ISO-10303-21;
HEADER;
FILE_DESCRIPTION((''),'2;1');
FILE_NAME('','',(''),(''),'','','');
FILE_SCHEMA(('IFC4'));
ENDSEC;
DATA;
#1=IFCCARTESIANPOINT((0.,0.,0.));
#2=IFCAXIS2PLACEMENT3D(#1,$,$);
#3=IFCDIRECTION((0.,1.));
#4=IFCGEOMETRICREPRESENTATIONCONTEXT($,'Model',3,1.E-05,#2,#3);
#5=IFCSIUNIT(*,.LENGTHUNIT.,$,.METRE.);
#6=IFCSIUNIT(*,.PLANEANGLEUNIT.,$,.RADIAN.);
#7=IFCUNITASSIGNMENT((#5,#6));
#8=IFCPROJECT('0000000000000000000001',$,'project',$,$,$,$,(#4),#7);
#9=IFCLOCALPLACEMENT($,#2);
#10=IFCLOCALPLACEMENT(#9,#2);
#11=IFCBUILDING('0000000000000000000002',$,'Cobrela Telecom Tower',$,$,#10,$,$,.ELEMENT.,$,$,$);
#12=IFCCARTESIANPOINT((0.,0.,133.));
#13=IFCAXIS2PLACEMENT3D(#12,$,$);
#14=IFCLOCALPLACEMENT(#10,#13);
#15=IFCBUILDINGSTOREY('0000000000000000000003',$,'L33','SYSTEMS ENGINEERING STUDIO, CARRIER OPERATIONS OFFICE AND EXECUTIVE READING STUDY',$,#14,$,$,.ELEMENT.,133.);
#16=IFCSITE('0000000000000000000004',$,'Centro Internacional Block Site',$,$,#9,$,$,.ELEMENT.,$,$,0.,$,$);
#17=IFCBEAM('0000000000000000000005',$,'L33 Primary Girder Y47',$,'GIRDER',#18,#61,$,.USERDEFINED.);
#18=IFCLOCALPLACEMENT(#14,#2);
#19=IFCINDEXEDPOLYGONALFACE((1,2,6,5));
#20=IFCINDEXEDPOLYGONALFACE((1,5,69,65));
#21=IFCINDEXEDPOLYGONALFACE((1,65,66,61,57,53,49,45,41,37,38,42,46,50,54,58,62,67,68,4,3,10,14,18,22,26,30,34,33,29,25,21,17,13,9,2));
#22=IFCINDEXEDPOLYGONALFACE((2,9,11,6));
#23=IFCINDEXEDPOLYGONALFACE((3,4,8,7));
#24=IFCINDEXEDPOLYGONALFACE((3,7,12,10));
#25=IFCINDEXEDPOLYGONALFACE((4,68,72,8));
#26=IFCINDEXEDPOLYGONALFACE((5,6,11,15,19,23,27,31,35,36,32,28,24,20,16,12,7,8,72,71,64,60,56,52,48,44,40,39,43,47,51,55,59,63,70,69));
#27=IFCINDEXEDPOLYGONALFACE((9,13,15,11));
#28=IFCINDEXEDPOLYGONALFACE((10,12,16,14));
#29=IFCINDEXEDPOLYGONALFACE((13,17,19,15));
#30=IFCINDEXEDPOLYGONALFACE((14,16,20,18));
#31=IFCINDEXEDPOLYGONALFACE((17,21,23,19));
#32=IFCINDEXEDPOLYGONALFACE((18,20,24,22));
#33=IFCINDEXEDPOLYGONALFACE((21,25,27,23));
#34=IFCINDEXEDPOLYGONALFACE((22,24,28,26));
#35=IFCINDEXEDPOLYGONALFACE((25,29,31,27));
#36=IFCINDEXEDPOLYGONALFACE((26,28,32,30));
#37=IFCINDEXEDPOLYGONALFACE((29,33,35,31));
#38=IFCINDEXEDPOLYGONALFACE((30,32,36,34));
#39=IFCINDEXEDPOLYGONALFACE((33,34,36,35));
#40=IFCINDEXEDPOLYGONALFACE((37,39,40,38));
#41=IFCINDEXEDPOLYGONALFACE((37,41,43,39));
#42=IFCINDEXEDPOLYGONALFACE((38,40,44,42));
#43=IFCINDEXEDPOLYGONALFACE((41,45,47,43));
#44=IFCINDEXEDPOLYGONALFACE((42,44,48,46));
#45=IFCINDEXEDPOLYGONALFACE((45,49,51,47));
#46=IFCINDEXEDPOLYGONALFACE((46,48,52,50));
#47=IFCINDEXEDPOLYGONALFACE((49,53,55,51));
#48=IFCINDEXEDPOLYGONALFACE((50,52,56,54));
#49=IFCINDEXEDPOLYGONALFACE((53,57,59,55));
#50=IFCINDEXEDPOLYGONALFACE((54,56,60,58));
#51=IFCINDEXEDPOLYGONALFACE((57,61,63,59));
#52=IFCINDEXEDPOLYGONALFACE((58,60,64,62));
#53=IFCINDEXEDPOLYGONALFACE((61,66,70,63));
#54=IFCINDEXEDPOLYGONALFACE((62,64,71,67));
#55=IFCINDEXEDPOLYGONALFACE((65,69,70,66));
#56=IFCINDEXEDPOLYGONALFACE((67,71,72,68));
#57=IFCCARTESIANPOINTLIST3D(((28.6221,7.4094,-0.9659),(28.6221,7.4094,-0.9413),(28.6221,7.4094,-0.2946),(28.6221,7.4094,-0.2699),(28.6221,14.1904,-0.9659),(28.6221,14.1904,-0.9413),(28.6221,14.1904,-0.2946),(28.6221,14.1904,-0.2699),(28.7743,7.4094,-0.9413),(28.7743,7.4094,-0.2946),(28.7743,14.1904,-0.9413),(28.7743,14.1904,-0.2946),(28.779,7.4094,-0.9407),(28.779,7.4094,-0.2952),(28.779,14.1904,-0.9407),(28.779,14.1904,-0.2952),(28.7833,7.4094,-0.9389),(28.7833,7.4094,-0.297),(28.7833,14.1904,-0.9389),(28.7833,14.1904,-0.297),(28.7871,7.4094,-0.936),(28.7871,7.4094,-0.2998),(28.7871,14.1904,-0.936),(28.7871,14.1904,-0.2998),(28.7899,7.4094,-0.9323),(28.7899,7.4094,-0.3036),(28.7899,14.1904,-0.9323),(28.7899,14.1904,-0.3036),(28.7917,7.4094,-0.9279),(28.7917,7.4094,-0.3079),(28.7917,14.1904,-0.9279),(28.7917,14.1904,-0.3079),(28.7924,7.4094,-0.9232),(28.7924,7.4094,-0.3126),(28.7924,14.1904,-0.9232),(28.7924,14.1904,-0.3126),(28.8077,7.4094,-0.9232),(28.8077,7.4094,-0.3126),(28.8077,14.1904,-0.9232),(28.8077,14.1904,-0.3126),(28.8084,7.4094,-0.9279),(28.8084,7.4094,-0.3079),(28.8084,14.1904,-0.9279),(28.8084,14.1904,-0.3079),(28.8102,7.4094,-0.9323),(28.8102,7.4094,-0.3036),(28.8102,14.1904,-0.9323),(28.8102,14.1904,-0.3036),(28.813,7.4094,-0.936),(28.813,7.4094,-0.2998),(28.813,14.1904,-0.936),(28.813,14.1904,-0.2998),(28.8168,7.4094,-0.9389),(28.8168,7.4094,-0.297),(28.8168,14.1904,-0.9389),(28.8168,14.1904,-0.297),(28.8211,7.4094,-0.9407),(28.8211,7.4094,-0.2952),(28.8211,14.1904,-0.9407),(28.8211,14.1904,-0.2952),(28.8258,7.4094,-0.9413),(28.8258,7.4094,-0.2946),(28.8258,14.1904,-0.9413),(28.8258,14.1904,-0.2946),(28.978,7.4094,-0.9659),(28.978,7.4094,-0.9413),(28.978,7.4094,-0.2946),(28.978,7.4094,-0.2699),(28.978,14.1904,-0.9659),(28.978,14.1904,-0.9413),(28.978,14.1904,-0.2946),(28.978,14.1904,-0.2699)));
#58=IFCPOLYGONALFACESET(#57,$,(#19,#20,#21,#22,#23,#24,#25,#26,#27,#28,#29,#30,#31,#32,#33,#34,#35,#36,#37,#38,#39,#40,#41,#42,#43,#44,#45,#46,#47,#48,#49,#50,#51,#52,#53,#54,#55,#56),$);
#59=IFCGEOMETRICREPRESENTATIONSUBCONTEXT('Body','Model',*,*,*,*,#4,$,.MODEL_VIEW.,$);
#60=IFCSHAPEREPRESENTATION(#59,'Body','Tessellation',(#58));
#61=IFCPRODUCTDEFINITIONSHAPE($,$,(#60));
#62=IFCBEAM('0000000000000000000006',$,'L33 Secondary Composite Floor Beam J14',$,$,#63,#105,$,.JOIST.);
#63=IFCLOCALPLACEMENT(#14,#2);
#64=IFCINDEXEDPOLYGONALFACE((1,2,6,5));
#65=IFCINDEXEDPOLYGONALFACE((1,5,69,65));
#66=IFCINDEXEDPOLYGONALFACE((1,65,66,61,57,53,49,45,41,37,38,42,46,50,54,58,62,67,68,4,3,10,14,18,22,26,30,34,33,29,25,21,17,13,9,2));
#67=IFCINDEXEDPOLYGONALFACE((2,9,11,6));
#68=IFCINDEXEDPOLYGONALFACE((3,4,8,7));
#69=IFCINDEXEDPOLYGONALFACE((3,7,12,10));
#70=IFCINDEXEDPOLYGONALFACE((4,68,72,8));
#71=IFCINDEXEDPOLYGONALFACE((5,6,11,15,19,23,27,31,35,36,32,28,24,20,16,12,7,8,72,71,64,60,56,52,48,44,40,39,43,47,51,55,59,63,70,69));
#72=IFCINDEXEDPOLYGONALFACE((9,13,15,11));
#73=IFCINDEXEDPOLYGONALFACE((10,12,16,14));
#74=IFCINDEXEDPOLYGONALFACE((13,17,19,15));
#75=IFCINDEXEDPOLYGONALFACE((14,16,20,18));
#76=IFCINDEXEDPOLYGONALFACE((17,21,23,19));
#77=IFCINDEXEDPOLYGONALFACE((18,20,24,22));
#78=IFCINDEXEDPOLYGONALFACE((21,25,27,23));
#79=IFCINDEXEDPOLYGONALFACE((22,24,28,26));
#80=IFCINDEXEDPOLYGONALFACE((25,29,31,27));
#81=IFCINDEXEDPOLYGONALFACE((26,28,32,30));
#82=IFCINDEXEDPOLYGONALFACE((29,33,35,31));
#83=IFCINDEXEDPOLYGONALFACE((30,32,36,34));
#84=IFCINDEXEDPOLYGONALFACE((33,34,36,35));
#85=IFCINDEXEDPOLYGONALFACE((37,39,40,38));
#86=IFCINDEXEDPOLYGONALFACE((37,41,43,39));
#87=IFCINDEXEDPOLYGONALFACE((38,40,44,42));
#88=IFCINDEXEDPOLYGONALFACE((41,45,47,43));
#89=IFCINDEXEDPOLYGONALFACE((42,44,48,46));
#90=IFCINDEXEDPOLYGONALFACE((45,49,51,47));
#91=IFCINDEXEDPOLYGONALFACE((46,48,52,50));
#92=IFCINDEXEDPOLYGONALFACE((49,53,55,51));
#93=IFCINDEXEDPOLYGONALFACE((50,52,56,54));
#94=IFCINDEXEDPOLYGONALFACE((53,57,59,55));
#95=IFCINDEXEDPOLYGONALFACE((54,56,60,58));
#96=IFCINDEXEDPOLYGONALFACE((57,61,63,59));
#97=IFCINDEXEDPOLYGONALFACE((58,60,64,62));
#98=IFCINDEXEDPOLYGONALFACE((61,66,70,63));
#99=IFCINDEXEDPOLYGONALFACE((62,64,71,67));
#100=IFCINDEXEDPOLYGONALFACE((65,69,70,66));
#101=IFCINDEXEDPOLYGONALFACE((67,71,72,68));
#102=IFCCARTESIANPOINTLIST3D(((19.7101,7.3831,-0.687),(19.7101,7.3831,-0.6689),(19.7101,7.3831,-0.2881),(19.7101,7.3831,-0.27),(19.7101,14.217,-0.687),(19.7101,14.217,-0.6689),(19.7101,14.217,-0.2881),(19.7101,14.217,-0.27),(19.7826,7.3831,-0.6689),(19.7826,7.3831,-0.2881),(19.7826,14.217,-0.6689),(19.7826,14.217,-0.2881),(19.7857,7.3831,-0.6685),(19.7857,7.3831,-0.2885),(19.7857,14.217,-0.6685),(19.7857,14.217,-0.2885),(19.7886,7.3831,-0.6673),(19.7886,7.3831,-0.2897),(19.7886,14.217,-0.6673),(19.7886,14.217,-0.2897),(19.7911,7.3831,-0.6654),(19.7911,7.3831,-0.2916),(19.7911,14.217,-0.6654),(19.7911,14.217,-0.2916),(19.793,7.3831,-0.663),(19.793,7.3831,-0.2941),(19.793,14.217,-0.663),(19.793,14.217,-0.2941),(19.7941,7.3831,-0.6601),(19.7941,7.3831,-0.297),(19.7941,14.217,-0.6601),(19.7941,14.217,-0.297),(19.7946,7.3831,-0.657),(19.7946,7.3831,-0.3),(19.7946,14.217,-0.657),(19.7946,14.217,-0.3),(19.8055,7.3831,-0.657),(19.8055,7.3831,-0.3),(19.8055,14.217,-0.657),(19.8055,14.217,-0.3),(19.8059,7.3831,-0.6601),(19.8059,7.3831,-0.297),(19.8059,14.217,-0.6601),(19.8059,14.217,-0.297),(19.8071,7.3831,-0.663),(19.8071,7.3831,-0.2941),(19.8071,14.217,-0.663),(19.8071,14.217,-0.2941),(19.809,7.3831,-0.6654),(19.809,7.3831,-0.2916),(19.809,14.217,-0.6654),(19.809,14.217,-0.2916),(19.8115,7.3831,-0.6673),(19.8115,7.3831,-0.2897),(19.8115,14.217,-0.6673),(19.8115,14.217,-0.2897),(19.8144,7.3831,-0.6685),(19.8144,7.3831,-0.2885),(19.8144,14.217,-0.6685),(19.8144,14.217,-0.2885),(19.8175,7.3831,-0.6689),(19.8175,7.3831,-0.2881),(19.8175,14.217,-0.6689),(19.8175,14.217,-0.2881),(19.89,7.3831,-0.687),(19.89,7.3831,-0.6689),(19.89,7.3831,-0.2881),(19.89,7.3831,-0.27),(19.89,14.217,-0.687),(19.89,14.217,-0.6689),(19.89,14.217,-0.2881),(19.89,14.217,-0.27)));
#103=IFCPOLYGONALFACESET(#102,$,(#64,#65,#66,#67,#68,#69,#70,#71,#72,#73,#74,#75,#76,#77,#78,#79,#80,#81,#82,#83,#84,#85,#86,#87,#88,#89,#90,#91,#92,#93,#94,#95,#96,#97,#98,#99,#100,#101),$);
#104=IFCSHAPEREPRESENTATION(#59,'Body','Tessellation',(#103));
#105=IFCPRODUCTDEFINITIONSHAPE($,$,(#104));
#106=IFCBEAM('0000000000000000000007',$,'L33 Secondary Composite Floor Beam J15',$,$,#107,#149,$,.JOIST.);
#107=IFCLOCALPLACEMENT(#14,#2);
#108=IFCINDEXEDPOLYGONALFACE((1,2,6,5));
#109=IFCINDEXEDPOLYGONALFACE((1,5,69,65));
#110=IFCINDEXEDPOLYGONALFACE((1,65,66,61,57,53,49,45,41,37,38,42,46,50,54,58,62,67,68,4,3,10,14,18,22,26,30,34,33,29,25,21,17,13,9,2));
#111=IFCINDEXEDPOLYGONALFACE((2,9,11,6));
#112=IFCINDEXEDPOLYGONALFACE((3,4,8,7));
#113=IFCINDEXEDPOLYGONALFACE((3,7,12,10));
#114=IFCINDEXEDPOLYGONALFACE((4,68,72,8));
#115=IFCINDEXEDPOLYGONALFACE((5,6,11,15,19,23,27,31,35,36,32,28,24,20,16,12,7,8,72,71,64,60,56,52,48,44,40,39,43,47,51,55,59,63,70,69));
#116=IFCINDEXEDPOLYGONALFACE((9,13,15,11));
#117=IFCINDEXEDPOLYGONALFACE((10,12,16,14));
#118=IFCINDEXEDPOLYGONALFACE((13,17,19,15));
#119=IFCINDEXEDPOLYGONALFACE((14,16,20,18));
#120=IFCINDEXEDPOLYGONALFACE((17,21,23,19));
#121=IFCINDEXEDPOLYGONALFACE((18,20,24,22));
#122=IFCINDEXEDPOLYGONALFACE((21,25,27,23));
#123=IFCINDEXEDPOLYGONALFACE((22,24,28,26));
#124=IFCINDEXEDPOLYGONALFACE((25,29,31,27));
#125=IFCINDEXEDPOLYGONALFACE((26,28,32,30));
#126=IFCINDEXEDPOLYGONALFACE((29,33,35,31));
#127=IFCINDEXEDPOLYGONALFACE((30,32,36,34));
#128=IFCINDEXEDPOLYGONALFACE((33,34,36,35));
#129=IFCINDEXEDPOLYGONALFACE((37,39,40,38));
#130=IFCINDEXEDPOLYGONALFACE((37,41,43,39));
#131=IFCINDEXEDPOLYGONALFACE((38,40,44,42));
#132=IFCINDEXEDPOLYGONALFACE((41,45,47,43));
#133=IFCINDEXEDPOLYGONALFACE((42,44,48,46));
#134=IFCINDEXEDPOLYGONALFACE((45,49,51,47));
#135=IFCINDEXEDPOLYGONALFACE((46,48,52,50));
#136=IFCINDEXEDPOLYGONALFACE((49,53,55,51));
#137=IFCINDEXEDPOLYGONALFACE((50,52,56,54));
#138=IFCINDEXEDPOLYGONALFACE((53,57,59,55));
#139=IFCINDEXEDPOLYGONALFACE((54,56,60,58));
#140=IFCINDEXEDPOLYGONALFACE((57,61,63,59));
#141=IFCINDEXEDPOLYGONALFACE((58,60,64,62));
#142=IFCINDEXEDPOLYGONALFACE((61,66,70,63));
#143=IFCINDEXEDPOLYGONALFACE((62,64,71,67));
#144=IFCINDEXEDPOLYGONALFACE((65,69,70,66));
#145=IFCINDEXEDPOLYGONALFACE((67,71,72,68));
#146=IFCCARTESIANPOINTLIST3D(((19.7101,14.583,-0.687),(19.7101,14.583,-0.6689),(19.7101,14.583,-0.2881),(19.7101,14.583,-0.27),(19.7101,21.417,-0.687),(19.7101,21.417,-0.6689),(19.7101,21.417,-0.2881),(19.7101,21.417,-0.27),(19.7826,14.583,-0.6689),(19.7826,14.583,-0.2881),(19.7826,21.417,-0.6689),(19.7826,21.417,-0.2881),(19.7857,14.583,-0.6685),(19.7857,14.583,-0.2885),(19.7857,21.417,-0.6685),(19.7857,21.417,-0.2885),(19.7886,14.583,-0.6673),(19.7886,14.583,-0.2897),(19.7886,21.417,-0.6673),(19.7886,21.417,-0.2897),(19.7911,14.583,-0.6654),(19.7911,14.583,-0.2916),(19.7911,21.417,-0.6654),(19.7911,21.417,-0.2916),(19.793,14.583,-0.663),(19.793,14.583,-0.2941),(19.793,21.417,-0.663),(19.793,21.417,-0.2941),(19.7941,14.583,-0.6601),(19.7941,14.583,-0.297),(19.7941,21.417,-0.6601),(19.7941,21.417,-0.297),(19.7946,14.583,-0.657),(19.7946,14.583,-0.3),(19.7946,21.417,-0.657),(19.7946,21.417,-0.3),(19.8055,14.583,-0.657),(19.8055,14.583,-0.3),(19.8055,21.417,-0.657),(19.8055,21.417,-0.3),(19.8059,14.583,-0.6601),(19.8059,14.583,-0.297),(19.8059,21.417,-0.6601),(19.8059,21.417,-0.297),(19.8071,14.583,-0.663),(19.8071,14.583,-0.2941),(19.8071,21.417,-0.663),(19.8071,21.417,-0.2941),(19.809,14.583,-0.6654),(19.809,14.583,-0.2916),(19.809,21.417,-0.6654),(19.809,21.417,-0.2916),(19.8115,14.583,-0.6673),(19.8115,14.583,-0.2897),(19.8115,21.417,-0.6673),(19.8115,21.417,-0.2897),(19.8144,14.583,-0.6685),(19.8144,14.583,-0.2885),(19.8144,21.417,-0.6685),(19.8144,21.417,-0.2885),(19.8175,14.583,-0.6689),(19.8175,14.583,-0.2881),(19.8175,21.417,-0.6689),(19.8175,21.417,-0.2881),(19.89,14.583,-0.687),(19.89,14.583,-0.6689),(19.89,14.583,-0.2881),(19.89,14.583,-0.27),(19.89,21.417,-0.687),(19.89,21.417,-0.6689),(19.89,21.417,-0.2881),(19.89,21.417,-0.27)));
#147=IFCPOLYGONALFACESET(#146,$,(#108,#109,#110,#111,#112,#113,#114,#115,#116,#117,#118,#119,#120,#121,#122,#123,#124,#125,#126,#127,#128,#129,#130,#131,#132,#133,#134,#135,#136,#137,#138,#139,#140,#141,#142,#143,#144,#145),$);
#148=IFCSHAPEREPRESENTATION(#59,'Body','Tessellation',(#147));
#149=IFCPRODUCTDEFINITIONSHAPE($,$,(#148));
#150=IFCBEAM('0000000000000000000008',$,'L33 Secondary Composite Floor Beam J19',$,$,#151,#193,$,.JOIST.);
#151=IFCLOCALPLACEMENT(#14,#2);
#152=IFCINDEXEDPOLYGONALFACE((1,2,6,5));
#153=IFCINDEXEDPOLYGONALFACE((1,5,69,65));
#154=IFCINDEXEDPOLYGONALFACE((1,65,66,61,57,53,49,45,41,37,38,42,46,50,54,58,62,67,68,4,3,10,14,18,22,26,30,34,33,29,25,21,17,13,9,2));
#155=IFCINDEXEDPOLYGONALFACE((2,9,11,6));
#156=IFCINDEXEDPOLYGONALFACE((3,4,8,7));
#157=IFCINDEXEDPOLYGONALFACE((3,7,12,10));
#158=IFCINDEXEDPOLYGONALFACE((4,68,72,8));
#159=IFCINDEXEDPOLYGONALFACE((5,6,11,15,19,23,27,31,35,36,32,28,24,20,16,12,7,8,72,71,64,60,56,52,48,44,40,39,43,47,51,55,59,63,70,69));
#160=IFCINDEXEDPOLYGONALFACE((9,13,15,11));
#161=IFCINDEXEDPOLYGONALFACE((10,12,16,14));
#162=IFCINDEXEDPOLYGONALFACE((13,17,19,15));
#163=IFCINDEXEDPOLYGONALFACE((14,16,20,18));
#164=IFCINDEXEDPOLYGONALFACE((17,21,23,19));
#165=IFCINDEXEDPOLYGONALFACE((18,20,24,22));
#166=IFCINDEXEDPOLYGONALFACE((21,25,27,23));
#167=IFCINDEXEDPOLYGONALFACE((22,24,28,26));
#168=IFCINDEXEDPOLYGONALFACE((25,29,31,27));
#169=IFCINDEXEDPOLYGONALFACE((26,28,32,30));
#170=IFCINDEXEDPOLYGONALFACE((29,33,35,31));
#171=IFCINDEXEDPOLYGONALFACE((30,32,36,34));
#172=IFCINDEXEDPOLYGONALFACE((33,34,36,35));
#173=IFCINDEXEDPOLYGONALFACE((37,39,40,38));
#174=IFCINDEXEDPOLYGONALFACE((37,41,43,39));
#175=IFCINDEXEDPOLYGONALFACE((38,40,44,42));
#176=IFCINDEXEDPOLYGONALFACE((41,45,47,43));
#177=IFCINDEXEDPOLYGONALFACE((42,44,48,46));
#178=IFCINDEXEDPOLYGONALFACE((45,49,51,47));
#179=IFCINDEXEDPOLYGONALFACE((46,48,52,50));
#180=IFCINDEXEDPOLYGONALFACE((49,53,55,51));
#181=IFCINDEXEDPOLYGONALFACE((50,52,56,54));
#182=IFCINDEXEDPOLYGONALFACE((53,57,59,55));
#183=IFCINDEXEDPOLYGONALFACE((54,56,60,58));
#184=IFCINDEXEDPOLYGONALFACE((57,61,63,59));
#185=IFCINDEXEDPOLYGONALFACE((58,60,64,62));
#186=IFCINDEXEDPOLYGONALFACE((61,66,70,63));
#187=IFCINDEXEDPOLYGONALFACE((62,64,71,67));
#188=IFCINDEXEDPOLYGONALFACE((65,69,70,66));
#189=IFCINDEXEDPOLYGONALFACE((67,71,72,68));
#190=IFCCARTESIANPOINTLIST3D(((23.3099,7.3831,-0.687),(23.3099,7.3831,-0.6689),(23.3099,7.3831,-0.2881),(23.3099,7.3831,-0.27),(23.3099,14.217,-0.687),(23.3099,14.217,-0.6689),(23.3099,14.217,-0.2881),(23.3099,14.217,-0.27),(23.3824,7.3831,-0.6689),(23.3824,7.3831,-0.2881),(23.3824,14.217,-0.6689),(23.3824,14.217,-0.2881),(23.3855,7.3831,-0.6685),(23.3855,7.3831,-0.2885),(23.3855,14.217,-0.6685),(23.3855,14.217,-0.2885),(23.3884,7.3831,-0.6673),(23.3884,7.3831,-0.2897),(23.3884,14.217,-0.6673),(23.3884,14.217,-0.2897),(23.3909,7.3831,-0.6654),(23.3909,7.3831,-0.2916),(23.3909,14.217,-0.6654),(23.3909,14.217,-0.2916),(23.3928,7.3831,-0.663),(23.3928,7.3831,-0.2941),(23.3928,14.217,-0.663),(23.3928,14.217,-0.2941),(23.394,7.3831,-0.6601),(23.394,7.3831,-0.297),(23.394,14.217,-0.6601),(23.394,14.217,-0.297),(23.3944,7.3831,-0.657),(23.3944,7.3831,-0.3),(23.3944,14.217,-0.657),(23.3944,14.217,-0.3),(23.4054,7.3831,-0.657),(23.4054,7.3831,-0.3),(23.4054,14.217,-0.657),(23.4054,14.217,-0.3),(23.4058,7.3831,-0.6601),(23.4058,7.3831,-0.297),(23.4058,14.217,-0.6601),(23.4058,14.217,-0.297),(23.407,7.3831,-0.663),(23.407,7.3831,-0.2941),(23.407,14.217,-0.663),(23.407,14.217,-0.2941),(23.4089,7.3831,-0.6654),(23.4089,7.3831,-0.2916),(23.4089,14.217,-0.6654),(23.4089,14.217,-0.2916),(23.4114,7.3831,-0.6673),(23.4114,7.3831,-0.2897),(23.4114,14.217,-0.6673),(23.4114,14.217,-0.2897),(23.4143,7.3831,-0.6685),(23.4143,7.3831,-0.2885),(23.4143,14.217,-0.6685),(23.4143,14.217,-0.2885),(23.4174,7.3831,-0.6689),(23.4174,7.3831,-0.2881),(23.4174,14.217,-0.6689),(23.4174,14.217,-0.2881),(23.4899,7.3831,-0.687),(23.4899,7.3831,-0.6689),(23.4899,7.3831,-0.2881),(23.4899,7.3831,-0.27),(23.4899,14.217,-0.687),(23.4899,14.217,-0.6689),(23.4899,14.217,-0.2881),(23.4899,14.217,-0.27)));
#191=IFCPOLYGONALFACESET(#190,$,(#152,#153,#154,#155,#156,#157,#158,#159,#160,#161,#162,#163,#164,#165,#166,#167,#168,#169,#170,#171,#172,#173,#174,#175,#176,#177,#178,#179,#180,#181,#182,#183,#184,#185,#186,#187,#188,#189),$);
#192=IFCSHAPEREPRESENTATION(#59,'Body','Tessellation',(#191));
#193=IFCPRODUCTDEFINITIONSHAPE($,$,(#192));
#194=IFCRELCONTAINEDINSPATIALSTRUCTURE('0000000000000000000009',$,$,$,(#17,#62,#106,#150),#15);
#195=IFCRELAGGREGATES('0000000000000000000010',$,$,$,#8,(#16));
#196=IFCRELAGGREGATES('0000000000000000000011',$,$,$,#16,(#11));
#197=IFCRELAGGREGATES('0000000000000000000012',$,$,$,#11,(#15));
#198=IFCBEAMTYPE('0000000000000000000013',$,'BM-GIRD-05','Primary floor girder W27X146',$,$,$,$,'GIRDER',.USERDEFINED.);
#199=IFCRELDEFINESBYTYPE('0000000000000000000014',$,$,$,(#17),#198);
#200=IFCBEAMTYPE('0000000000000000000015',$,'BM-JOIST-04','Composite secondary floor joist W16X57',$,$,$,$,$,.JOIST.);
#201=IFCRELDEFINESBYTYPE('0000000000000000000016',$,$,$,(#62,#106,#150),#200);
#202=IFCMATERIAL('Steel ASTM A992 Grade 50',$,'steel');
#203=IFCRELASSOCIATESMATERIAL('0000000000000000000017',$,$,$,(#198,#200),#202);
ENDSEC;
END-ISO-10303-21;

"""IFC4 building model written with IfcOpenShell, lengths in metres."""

from ifc_helpers import new_model, si_unit, direction, frame, origin, origin_2d, place, context, subcontext, project, spatial, i_section, extrude, material, material_profile, profile_set, type_object, element, save


model = new_model("IFC4")

# Units and contexts
model_context = context("Model", 3, precision=1e-05, world=origin(), true_north=direction((0.0, 1.0)))
body_context = subcontext(model_context, "Body", "Model", "MODEL_VIEW")
ifc_project = project(units=[si_unit("LENGTHUNIT", "METRE"), si_unit("PLANEANGLEUNIT", "RADIAN")], contexts=[model_context])

# Site, building, storey
site_placement = place(None, origin())
site = spatial("IfcSite", under=ifc_project, at=site_placement, Name="Centro Internacional Block Site", CompositionType="ELEMENT", RefElevation=0.0)
building_placement = place(site_placement, origin())
building = spatial("IfcBuilding", under=site, at=building_placement, Name="Cobrela Telecom Tower", CompositionType="ELEMENT")
storey_placement = place(building_placement, frame((0.0, 0.0, 133.0)))
storey = spatial("IfcBuildingStorey", under=building, at=storey_placement, Name="L33", Description="SYSTEMS ENGINEERING STUDIO, CARRIER OPERATIONS OFFICE AND EXECUTIVE READING STUDY", CompositionType="ELEMENT", Elevation=133.0)

# Shared definitions
ifc_material_1 = material(Name="Steel ASTM A992 Grade 50", Category="steel")

# Beams
ifc_material_profile_1 = material_profile(ifc_material_1, i_section(OverallWidth=0.356, OverallDepth=0.696, WebThickness=0.0154, FlangeThickness=0.0247, FilletRadius=0.0181, at=origin_2d()), Name="W27X146")
ifc_profile_set_1 = profile_set([ifc_material_profile_1], Name="Steel ASTM A992 Grade 50")
beam_type_1 = type_object("IfcBeamType", Name="BM-GIRD-05", Description="Primary floor girder W27X146", ElementType="GIRDER", PredefinedType="USERDEFINED", material=ifc_profile_set_1)
beam_1_placement = place(storey_placement, frame((28.8, 7.4094, -0.6179), z_axis=(0.0, 1.0, 0.0), x_axis=(-1.0, 0.0, 0.0)))
element("IfcBeam", 1, at=beam_1_placement, inside=storey, type_object=beam_type_1, Name="L33 Primary Girder Y47", ObjectType="GIRDER", PredefinedType="USERDEFINED", context=body_context, shape_type="SweptSolid", body=[
    extrude(i_section(OverallWidth=0.356, OverallDepth=0.696, WebThickness=0.0154, FlangeThickness=0.0247, FilletRadius=0.0181, at=origin_2d()), origin(), (0.0, 0.0, 1.0), 6.781),
])
ifc_material_profile_2 = material_profile(ifc_material_1, i_section(OverallWidth=0.1799, OverallDepth=0.417, WebThickness=0.011, FlangeThickness=0.0181, FilletRadius=0.012, at=origin_2d()), Name="W16X57")
ifc_profile_set_2 = profile_set([ifc_material_profile_2], Name="Steel ASTM A992 Grade 50")
beam_type_2 = type_object("IfcBeamType", Name="BM-JOIST-04", Description="Composite secondary floor joist W16X57", PredefinedType="JOIST", material=ifc_profile_set_2)
for number, where, z_axis, x_axis, name in (
    (2, (19.8, 7.3831, -0.4785), (0.0, 1.0, 0.0), (-1.0, 0.0, 0.0), "L33 Secondary Composite Floor Beam J14"),
    (3, (19.8, 14.583, -0.4785), (0.0, 1.0, 0.0), (-1.0, 0.0, 0.0), "L33 Secondary Composite Floor Beam J15"),
    (4, (23.3999, 7.3831, -0.4785), (0.0, 1.0, 0.0), (-1.0, 0.0, 0.0), "L33 Secondary Composite Floor Beam J19"),
):
    element("IfcBeam", number, at=place(storey_placement, frame(where, z_axis=z_axis, x_axis=x_axis)), inside=storey, type_object=beam_type_2, Name=name, PredefinedType="JOIST", context=body_context, shape_type="SweptSolid", body=[
        extrude(i_section(OverallWidth=0.1799, OverallDepth=0.417, WebThickness=0.011, FlangeThickness=0.0181, FilletRadius=0.012, at=origin_2d()), origin(), (0.0, 0.0, 1.0), 6.834),
    ])

save(model, "model.ifc")
